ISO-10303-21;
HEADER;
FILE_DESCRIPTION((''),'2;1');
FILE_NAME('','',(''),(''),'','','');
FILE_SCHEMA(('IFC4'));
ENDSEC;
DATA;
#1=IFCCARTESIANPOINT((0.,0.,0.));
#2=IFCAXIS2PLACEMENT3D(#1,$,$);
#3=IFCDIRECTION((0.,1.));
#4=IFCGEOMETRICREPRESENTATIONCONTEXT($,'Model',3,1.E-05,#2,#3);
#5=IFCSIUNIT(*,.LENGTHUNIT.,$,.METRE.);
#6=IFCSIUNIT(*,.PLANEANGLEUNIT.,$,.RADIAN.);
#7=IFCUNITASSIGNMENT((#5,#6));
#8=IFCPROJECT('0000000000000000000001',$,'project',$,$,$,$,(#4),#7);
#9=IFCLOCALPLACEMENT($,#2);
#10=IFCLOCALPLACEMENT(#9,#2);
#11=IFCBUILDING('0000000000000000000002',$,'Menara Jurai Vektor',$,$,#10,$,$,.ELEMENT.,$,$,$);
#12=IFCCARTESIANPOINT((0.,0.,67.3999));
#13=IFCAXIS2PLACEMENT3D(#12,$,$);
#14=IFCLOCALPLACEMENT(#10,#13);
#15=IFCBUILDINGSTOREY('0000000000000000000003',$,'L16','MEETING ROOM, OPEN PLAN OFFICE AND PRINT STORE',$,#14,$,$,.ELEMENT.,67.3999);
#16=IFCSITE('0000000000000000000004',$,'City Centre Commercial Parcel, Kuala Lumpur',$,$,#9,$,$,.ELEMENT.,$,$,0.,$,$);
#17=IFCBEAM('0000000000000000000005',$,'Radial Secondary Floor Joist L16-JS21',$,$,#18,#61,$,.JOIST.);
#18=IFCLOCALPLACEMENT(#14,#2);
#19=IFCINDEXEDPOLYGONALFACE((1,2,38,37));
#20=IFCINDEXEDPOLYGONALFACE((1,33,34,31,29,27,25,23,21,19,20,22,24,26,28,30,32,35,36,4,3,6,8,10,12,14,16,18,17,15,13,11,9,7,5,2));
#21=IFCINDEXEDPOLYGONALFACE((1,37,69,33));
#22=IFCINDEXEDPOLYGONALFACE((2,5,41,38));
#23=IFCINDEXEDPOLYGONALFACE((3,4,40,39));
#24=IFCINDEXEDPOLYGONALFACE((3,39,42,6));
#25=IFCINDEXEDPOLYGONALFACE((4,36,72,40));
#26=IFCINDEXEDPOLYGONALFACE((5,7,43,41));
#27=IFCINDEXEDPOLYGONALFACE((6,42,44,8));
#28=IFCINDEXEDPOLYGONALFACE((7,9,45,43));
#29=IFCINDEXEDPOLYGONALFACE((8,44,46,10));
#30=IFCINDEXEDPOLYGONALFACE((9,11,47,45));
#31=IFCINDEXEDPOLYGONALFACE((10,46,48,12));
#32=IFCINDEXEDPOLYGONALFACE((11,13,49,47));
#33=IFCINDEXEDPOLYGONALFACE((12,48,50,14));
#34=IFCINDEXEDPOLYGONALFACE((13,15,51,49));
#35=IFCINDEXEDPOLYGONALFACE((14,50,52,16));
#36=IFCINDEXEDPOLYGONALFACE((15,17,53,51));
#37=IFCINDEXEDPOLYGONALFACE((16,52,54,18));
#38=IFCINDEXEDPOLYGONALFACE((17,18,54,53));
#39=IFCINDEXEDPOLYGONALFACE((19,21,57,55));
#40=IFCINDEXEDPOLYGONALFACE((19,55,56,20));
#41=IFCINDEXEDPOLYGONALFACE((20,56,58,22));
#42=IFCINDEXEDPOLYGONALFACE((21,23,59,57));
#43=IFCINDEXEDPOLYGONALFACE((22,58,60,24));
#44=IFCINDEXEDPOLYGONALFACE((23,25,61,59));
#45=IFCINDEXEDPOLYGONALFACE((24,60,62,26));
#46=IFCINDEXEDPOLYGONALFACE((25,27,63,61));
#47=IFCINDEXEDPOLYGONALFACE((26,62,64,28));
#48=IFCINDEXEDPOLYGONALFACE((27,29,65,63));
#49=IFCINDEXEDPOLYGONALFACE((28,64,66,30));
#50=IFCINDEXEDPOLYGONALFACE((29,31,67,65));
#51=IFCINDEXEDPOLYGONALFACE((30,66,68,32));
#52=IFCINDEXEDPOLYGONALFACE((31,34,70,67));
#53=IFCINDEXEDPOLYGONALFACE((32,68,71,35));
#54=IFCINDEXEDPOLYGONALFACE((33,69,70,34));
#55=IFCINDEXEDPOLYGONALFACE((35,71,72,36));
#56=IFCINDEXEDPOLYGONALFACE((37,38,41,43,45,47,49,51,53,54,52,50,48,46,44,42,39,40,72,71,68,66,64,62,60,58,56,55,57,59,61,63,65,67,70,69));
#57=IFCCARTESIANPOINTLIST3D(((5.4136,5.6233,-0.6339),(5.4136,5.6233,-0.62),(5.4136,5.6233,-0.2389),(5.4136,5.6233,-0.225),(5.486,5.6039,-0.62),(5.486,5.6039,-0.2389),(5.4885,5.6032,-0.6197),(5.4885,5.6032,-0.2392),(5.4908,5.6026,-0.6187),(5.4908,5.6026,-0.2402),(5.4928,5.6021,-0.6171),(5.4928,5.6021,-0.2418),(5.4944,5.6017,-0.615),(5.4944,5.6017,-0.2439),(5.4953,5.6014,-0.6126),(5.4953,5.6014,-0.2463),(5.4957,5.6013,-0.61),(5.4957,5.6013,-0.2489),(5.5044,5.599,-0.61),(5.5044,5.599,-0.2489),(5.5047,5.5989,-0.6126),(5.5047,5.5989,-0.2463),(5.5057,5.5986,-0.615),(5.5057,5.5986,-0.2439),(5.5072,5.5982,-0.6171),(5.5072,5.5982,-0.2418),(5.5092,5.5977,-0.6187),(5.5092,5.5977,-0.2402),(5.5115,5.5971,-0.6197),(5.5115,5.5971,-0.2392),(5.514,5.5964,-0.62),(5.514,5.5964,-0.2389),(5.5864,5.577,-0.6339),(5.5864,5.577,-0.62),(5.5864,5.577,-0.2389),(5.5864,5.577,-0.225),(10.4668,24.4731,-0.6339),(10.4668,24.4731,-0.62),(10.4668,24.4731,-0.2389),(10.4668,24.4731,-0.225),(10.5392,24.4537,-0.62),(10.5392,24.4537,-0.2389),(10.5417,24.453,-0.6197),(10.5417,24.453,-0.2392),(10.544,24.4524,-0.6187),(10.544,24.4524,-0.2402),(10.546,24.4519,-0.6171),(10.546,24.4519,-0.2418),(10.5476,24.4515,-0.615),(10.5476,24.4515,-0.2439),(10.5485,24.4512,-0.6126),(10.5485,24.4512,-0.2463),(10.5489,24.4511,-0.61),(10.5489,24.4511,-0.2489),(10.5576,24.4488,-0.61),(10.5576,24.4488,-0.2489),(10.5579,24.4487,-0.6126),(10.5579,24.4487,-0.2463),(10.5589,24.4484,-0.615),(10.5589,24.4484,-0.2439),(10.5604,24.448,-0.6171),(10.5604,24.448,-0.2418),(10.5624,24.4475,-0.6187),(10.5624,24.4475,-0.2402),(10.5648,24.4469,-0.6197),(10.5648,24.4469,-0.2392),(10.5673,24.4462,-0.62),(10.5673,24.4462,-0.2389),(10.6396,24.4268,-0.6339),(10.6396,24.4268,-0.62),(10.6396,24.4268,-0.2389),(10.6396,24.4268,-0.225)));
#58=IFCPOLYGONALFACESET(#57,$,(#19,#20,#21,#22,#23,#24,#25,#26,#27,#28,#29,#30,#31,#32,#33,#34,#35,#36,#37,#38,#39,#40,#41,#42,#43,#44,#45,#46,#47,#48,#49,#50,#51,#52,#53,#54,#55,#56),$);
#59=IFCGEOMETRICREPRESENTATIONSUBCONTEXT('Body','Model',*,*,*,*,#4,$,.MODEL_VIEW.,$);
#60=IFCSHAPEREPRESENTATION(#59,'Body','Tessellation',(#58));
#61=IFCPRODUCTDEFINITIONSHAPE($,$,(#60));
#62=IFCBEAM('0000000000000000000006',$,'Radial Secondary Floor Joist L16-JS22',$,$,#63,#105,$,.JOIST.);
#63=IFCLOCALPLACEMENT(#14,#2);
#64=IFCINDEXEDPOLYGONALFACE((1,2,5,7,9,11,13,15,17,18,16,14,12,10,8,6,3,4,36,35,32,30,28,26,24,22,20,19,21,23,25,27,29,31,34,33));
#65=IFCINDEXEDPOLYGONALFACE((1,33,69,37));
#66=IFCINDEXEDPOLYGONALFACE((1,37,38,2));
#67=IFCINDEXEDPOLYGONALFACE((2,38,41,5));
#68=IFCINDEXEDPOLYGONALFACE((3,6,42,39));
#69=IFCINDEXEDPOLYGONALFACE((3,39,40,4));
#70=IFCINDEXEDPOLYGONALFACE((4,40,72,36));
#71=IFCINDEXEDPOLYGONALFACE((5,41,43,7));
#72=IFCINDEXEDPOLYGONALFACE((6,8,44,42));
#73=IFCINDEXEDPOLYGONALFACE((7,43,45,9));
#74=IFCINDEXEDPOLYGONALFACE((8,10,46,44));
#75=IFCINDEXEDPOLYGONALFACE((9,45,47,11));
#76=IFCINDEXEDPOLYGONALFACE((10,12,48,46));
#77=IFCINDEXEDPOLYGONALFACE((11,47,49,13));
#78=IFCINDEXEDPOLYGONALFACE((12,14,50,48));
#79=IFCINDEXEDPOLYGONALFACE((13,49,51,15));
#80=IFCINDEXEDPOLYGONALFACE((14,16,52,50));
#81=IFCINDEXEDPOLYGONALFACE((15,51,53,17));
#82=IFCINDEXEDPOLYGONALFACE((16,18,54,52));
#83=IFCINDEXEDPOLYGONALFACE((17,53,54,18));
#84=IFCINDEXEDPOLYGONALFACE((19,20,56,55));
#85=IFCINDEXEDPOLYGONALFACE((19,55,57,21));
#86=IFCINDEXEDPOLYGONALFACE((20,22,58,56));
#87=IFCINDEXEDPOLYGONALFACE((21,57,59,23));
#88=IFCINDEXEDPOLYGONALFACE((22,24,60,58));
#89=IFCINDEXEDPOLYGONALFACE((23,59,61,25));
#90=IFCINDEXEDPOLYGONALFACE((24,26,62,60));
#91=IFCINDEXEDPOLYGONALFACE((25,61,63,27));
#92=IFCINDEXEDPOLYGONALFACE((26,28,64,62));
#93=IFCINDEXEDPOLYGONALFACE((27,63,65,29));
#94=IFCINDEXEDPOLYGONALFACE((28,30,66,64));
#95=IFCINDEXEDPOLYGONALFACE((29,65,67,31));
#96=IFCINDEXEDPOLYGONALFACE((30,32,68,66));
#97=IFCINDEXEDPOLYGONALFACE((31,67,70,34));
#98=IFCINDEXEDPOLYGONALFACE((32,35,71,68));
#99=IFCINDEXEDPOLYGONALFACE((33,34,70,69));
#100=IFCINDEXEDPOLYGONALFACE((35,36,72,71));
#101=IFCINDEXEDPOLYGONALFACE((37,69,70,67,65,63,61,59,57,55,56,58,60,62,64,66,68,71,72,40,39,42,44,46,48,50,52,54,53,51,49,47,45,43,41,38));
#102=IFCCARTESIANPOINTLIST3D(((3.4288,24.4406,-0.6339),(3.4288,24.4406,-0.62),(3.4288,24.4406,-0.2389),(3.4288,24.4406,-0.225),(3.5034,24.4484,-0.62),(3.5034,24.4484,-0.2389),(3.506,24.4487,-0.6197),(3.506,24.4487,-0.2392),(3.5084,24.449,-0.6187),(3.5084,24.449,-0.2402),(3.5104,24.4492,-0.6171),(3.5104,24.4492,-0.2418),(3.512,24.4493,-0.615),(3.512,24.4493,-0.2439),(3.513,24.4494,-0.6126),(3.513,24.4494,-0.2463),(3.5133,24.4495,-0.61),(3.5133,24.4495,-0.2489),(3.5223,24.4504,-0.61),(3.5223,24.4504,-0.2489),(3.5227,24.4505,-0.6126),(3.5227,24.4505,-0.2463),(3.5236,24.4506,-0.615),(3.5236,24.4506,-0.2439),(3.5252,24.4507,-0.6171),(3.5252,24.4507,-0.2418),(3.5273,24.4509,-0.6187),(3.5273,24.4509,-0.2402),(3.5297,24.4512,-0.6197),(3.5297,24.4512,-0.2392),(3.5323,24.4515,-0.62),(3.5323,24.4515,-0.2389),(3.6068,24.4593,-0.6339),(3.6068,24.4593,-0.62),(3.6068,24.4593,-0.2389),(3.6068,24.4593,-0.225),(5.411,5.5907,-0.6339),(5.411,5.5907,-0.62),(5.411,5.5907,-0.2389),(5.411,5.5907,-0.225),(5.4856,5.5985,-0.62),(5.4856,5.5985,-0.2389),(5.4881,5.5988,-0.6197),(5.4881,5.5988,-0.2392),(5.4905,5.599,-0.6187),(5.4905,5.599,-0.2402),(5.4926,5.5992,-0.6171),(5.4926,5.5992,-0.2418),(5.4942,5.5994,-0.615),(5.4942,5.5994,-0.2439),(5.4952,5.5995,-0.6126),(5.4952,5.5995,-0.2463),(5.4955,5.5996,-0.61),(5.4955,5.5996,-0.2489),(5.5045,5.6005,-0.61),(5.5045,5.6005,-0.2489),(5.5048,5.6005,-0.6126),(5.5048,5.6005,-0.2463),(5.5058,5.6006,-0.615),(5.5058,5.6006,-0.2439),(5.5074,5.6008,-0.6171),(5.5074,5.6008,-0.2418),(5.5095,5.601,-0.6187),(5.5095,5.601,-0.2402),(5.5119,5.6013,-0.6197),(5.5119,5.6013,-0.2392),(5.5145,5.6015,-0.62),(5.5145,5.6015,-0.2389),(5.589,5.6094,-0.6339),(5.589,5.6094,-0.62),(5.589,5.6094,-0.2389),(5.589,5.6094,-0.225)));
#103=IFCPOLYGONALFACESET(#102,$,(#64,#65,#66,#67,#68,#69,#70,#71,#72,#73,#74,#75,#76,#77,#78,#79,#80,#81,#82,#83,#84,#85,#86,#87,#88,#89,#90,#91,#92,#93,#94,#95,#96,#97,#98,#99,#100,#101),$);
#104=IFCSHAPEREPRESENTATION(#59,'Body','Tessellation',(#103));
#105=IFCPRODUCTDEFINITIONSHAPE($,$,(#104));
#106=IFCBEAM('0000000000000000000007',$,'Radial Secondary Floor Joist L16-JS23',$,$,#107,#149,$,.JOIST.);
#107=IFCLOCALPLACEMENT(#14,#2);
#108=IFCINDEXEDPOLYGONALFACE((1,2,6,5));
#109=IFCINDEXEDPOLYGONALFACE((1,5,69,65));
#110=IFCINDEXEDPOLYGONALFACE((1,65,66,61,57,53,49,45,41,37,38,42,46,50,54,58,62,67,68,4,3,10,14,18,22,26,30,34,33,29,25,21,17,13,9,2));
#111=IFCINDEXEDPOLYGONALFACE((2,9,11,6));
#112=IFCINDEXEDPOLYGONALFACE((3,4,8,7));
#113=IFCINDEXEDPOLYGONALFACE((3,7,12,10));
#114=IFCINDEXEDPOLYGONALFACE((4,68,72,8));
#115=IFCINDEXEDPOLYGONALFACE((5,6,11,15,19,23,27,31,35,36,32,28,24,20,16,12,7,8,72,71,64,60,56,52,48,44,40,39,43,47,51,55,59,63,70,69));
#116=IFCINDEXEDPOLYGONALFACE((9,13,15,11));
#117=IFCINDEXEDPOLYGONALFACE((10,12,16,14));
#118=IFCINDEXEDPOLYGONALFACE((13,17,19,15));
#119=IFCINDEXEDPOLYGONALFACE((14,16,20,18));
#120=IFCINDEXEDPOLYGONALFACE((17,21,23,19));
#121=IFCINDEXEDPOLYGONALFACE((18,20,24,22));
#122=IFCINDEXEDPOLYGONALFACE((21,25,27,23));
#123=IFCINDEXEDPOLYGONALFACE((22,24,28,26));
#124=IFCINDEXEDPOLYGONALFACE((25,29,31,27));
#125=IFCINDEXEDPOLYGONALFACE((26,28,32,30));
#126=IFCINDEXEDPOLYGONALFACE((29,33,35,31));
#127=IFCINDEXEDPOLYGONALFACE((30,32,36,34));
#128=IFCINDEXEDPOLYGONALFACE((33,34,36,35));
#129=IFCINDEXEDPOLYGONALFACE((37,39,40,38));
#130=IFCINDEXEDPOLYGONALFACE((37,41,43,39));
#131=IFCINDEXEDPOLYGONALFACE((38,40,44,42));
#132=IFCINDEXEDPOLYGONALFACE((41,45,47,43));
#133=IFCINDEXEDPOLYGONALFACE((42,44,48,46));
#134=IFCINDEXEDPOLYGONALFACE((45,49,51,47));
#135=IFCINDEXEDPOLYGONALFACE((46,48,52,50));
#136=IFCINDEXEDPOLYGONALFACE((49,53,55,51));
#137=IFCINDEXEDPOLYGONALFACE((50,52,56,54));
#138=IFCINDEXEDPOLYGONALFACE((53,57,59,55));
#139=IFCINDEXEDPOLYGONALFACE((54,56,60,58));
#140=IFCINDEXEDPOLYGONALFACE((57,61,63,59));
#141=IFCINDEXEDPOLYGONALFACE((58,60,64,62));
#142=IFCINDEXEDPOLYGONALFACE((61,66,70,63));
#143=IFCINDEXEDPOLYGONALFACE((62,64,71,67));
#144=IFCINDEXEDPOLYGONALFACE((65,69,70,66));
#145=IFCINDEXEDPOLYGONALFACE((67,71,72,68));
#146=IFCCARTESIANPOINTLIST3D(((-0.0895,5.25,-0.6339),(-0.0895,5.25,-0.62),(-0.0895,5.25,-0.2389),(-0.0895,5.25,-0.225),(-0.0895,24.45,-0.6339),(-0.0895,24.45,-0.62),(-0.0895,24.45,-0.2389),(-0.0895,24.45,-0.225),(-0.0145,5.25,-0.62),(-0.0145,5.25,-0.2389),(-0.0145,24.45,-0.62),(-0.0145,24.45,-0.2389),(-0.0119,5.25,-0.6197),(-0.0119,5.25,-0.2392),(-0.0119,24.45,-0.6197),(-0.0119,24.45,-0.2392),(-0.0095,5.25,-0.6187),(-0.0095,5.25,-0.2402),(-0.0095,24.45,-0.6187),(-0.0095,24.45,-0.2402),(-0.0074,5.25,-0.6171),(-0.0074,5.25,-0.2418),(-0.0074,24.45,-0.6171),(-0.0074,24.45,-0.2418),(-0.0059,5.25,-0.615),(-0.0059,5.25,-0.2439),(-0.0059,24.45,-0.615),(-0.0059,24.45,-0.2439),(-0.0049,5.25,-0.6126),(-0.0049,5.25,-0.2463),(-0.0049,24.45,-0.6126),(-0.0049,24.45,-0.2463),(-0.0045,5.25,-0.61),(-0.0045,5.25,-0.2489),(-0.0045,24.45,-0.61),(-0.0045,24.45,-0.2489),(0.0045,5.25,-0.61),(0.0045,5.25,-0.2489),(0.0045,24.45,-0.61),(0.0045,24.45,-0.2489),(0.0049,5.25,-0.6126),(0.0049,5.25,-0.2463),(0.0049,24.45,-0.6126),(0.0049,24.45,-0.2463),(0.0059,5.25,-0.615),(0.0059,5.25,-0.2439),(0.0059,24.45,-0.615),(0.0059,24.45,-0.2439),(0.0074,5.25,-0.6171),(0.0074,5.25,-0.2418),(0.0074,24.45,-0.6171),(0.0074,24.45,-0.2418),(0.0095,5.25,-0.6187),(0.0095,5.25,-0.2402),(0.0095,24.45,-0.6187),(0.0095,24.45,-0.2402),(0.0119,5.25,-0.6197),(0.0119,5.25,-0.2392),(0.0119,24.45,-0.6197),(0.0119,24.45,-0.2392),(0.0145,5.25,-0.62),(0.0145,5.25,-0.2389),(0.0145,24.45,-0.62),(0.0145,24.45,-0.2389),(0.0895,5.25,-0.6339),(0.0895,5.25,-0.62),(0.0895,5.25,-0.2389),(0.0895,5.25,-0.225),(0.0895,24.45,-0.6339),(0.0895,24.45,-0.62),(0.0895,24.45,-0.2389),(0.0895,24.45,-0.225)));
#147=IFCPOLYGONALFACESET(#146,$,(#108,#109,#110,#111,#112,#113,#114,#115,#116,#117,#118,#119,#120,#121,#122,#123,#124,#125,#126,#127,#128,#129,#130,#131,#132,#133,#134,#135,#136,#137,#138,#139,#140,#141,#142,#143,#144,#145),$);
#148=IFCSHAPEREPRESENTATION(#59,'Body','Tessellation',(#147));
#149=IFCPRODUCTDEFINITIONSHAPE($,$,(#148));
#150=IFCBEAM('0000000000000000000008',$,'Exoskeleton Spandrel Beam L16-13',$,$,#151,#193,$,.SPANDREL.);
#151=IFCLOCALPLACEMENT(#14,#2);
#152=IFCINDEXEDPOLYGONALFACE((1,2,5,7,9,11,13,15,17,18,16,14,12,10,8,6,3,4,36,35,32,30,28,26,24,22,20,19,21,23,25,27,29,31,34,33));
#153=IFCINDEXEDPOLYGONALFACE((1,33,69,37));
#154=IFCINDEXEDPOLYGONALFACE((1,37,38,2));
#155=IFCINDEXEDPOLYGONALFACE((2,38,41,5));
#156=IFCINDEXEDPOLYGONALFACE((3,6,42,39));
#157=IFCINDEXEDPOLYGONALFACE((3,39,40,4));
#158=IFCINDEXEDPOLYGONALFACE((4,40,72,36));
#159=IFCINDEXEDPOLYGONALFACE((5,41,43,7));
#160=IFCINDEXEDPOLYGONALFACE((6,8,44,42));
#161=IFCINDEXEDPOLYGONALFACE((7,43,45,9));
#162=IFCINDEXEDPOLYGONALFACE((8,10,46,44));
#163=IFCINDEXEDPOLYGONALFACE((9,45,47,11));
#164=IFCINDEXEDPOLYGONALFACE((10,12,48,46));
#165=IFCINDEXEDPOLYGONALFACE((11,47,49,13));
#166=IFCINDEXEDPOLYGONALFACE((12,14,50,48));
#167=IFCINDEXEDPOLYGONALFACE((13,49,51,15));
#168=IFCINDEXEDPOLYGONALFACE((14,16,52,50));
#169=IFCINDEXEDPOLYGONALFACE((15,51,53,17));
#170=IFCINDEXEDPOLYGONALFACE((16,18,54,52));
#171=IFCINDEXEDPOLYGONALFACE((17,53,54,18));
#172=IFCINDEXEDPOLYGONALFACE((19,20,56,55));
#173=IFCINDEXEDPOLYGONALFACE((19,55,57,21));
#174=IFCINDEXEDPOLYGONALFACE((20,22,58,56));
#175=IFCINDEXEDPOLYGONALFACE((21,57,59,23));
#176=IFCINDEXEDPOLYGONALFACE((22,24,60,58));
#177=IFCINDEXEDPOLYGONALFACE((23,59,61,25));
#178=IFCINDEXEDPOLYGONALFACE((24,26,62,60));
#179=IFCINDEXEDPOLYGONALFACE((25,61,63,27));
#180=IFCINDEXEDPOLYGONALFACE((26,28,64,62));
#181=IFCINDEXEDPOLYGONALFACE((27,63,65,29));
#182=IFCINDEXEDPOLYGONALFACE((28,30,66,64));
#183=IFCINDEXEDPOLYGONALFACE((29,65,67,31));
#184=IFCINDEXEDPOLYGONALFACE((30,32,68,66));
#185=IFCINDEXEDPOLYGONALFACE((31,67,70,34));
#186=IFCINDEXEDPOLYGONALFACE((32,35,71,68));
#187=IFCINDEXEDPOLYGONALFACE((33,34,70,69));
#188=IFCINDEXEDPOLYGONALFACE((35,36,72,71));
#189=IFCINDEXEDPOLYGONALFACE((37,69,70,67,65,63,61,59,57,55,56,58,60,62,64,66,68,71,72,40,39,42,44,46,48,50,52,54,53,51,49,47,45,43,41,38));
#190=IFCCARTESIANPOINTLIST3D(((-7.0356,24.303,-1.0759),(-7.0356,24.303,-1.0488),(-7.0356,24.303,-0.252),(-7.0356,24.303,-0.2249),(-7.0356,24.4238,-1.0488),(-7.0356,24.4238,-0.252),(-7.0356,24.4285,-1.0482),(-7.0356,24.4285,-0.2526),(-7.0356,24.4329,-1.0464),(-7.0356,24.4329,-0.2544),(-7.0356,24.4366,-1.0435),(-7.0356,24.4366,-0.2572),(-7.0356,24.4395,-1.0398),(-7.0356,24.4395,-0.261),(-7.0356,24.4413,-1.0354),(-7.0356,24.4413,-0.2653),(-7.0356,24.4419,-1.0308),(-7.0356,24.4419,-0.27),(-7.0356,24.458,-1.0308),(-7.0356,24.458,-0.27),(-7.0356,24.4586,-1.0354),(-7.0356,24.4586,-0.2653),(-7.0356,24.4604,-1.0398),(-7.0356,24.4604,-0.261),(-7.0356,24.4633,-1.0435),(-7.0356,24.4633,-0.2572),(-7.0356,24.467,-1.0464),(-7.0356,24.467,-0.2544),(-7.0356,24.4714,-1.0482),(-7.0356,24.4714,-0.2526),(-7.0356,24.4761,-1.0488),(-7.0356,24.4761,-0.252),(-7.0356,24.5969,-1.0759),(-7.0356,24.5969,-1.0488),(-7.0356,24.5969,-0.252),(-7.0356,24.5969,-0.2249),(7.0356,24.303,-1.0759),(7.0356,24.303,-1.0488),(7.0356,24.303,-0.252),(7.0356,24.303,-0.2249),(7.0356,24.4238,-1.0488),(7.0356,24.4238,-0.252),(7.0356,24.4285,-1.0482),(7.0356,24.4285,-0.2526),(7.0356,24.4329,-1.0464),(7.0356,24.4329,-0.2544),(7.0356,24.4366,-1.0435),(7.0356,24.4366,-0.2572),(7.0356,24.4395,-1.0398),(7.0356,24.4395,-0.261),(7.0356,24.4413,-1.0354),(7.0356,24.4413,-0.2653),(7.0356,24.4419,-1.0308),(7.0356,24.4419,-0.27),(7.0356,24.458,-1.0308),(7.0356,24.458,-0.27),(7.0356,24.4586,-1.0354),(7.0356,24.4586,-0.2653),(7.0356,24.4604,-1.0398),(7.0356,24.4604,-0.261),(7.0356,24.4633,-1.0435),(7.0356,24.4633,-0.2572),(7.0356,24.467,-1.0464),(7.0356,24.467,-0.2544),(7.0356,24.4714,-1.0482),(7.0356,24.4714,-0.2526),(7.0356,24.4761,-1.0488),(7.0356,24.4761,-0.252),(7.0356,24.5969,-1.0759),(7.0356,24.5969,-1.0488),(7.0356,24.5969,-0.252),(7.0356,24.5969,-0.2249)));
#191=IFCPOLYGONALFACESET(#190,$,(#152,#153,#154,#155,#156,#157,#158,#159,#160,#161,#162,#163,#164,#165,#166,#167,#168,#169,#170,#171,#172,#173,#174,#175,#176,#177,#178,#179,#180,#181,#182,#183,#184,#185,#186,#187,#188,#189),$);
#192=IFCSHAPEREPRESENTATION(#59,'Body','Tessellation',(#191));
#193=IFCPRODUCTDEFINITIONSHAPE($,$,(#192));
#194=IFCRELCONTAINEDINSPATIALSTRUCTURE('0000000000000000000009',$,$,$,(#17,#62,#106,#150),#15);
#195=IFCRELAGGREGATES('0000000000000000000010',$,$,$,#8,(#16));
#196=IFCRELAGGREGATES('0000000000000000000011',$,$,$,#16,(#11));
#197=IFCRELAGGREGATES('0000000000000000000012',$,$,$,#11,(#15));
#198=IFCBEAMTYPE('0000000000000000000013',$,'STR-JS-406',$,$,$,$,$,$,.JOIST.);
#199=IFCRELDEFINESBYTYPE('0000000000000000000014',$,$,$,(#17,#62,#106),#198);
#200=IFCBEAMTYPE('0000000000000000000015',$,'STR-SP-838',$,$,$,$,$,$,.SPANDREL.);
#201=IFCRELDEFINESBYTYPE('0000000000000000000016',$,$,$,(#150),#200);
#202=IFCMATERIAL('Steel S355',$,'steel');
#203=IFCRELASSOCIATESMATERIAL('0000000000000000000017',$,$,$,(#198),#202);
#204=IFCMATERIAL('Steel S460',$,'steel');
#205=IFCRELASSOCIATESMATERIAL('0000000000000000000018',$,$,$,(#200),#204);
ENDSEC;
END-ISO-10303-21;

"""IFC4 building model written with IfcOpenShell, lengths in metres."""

from ifc_helpers import new_model, si_unit, direction, frame, origin, origin_2d, place, context, subcontext, project, spatial, i_section, extrude, material, material_profile, profile_set, type_object, element, save


model = new_model("IFC4")

# Units and contexts
model_context = context("Model", 3, precision=1e-05, world=origin(), true_north=direction((0.0, 1.0)))
body_context = subcontext(model_context, "Body", "Model", "MODEL_VIEW")
ifc_project = project(units=[si_unit("LENGTHUNIT", "METRE"), si_unit("PLANEANGLEUNIT", "RADIAN")], contexts=[model_context])

# Site, building, storey
site_placement = place(None, origin())
site = spatial("IfcSite", under=ifc_project, at=site_placement, Name="City Centre Commercial Parcel, Kuala Lumpur", CompositionType="ELEMENT", RefElevation=0.0)
building_placement = place(site_placement, origin())
building = spatial("IfcBuilding", under=site, at=building_placement, Name="Menara Jurai Vektor", CompositionType="ELEMENT")
storey_placement = place(building_placement, frame((0.0, 0.0, 67.3999)))
storey = spatial("IfcBuildingStorey", under=building, at=storey_placement, Name="L16", Description="MEETING ROOM, OPEN PLAN OFFICE AND PRINT STORE", CompositionType="ELEMENT", Elevation=67.3999)

# Shared definitions
ifc_material_1 = material(Name="Steel S460", Category="steel")

# Beams
ifc_material_2 = material(Name="Steel S355", Category="steel")
ifc_material_profile_1 = material_profile(ifc_material_2, i_section(OverallWidth=0.179, OverallDepth=0.4089, WebThickness=0.009, FlangeThickness=0.0139, FilletRadius=0.01, at=origin_2d()), Name="UKB 406x178x67")
ifc_profile_set_1 = profile_set([ifc_material_profile_1], Name="Steel S355")
beam_type_1 = type_object("IfcBeamType", Name="STR-JS-406", PredefinedType="JOIST", material=ifc_profile_set_1)
beam_1_placement = place(storey_placement, frame((10.5532, 24.45, -0.4294), z_axis=(-0.258935, -0.965895, 0.0), x_axis=(0.965895, -0.258935, 0.0)))
element("IfcBeam", 1, at=beam_1_placement, inside=storey, type_object=beam_type_1, Name="Radial Secondary Floor Joist L16-JS21", PredefinedType="JOIST", context=body_context, shape_type="SweptSolid", body=[
    extrude(i_section(OverallWidth=0.179, OverallDepth=0.4089, WebThickness=0.009, FlangeThickness=0.0139, FilletRadius=0.01, at=origin_2d()), origin(), (0.0, 0.0, 1.0), 19.5154),
])
beam_2_placement = place(storey_placement, frame((3.5178, 24.45, -0.4294), z_axis=(0.10458, -0.994517, 0.0), x_axis=(0.994517, 0.10458, 0.0)))
element("IfcBeam", 2, at=beam_2_placement, inside=storey, type_object=beam_type_1, Name="Radial Secondary Floor Joist L16-JS22", PredefinedType="JOIST", context=body_context, shape_type="SweptSolid", body=[
    extrude(i_section(OverallWidth=0.179, OverallDepth=0.4089, WebThickness=0.009, FlangeThickness=0.0139, FilletRadius=0.01, at=origin_2d()), origin(), (0.0, 0.0, 1.0), 18.9539),
])
beam_3_placement = place(storey_placement, frame((0.0, 24.45, -0.4294), z_axis=(0.0, -1.0, 0.0), x_axis=(1.0, 0.0, 0.0)))
element("IfcBeam", 3, at=beam_3_placement, inside=storey, type_object=beam_type_1, Name="Radial Secondary Floor Joist L16-JS23", PredefinedType="JOIST", context=body_context, shape_type="SweptSolid", body=[
    extrude(i_section(OverallWidth=0.179, OverallDepth=0.4089, WebThickness=0.009, FlangeThickness=0.0139, FilletRadius=0.01, at=origin_2d()), origin(), (0.0, 0.0, 1.0), 19.2),
])
ifc_material_profile_2 = material_profile(ifc_material_1, i_section(OverallWidth=0.2939, OverallDepth=0.8511, WebThickness=0.0161, FlangeThickness=0.0271, FilletRadius=0.0181, at=origin_2d()), Name="UKB 838x292x226")
ifc_profile_set_2 = profile_set([ifc_material_profile_2], Name="Steel S460")
beam_type_2 = type_object("IfcBeamType", Name="STR-SP-838", PredefinedType="SPANDREL", material=ifc_profile_set_2)
beam_4_placement = place(storey_placement, frame((7.0356, 24.45, -0.6504), z_axis=(-1.0, 0.0, 0.0), x_axis=(0.0, -1.0, 0.0)))
element("IfcBeam", 4, at=beam_4_placement, inside=storey, type_object=beam_type_2, Name="Exoskeleton Spandrel Beam L16-13", PredefinedType="SPANDREL", context=body_context, shape_type="SweptSolid", body=[
    extrude(i_section(OverallWidth=0.2939, OverallDepth=0.8511, WebThickness=0.0161, FlangeThickness=0.0271, FilletRadius=0.0181, at=origin_2d()), origin(), (0.0, 0.0, 1.0), 14.0713),
])

save(model, "model.ifc")
